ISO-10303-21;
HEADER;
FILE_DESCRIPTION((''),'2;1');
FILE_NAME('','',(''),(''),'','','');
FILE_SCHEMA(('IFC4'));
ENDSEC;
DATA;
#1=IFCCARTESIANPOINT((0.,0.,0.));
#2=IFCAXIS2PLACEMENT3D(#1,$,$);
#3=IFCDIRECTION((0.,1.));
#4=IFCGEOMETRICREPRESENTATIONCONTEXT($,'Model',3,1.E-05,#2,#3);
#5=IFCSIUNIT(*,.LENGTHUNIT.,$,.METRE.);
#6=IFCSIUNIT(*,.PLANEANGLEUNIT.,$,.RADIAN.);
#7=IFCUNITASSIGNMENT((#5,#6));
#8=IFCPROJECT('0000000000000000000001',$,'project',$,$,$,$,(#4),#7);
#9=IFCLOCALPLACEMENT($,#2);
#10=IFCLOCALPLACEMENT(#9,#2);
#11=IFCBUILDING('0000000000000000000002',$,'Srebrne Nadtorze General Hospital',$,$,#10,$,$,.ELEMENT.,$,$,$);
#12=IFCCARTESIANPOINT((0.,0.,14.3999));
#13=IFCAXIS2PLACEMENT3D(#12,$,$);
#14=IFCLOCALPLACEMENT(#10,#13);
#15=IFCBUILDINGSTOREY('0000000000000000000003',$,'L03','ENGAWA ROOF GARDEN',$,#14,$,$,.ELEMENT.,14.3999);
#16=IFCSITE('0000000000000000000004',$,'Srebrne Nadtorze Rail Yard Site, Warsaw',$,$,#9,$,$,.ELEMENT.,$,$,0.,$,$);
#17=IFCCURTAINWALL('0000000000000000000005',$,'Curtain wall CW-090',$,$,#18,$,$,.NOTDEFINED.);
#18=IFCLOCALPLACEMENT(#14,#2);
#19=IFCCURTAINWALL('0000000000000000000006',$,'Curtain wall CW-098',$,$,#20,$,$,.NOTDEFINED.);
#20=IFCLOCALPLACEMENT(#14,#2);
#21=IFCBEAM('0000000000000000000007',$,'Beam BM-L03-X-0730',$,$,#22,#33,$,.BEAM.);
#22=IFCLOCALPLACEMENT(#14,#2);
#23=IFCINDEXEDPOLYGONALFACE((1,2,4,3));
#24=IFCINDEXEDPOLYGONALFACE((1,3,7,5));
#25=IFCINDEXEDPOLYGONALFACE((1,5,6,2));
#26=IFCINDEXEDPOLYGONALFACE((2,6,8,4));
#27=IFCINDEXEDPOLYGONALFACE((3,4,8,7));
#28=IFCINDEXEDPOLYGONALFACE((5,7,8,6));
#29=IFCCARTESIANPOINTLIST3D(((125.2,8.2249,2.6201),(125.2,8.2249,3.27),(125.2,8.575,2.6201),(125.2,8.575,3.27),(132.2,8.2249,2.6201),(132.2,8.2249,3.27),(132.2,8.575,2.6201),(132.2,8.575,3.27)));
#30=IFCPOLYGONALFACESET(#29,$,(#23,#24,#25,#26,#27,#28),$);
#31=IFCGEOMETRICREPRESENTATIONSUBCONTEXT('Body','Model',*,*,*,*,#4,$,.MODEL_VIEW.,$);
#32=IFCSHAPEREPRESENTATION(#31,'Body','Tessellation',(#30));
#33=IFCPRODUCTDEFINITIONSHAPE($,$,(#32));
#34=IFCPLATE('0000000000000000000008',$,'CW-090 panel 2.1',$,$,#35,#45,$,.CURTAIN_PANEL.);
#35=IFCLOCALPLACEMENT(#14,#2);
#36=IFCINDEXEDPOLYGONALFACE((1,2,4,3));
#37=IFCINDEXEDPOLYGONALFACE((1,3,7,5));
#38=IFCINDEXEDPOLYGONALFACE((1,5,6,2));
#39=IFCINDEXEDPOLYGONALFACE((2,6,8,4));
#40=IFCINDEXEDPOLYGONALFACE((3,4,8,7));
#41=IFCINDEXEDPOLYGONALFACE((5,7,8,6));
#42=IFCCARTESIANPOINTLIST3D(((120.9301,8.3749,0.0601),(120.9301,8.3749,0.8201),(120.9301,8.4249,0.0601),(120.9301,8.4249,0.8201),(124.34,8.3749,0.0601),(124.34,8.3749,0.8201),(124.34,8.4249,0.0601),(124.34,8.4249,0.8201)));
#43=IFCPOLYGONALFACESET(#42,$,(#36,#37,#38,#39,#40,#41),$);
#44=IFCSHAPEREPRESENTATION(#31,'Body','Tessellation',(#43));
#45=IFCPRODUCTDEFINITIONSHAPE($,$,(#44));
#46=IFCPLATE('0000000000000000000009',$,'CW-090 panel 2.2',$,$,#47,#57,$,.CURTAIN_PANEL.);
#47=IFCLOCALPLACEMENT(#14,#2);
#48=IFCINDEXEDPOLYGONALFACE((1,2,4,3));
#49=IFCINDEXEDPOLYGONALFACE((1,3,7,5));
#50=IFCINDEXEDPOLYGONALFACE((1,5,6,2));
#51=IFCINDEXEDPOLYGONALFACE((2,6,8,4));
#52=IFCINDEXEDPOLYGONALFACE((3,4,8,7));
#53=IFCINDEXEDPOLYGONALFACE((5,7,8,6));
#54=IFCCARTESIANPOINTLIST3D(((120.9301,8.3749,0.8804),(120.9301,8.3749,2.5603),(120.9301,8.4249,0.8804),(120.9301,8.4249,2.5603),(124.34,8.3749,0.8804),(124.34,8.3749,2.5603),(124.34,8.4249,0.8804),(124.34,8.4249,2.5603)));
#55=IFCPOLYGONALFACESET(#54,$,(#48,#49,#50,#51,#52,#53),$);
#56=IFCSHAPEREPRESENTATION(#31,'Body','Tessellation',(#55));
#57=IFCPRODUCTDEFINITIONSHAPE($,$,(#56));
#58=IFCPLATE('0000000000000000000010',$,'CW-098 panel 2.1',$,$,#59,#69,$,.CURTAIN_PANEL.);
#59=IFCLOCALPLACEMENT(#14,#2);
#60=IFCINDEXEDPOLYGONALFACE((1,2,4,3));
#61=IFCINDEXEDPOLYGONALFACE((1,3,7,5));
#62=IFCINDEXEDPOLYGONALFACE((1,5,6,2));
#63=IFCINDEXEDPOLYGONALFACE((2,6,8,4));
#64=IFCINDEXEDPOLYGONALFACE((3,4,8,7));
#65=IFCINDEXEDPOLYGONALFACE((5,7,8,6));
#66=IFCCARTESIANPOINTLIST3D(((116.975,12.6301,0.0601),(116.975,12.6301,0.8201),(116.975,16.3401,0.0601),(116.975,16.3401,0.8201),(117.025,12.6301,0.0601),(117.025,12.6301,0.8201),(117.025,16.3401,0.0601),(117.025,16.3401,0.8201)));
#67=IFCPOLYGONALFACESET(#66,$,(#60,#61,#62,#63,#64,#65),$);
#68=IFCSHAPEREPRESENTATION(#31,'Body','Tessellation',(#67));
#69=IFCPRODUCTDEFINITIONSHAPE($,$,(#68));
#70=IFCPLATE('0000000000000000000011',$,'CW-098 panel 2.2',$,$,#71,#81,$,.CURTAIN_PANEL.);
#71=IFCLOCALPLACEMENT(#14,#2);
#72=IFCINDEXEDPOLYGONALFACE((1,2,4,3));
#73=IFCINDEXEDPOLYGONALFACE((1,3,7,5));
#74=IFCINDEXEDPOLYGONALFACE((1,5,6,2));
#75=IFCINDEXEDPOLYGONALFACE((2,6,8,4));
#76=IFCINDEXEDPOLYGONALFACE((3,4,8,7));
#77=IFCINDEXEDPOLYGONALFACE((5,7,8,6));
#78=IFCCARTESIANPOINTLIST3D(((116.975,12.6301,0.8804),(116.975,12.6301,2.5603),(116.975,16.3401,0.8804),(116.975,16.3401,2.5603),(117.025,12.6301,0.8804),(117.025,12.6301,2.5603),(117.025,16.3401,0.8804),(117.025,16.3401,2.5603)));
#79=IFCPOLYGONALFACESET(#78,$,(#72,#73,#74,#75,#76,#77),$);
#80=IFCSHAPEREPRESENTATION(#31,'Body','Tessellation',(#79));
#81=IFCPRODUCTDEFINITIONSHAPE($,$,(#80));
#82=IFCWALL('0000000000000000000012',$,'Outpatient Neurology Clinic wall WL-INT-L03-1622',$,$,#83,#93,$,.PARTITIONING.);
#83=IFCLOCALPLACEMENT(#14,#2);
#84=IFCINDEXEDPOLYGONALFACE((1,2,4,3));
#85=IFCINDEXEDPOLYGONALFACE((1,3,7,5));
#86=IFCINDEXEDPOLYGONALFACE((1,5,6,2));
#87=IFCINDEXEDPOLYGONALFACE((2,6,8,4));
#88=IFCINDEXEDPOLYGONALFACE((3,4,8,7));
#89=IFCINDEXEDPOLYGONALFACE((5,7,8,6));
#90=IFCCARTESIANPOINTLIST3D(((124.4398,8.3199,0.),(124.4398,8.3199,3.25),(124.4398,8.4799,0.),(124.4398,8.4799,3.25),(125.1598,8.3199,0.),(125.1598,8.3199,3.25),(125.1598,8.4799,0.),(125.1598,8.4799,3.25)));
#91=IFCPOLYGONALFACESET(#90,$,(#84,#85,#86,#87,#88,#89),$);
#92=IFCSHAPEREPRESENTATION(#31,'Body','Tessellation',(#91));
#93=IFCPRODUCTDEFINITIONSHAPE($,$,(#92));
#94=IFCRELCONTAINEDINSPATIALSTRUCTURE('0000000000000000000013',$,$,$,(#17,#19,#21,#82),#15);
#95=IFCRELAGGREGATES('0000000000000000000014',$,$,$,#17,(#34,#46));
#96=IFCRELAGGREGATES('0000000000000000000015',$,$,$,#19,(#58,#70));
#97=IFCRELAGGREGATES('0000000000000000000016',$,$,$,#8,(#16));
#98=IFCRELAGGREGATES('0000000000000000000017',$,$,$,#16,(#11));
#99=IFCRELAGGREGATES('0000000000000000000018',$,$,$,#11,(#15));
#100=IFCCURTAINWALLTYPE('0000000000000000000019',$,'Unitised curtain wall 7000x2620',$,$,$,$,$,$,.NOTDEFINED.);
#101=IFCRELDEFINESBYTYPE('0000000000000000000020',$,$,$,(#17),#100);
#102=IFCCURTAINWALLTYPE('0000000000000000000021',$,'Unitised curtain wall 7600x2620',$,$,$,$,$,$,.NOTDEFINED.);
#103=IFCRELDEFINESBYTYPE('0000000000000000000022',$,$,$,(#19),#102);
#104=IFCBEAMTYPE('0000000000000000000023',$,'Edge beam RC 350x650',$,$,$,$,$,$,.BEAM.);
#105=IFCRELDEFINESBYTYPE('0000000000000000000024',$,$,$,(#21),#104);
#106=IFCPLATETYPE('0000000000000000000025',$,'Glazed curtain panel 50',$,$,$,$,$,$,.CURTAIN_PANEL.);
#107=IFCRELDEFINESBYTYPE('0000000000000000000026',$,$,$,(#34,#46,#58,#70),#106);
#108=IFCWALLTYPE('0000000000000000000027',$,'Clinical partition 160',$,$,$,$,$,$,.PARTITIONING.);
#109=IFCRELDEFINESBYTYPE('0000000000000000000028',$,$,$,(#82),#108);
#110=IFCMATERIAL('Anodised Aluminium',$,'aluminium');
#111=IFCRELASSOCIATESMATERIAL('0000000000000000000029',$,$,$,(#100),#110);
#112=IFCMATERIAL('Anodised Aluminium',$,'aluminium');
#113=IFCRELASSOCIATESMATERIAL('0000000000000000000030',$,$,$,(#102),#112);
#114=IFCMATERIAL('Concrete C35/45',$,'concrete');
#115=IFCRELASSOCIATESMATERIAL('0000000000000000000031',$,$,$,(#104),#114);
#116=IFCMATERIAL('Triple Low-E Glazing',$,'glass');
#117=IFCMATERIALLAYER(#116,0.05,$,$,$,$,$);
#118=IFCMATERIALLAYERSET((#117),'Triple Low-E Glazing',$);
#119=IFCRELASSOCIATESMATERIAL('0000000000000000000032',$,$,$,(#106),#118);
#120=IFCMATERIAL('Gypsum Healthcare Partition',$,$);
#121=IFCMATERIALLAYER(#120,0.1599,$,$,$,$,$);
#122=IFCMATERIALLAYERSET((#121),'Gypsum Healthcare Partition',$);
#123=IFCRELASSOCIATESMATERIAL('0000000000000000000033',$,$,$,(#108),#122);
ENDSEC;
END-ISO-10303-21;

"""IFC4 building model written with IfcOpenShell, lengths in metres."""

from ifc_helpers import new_model, si_unit, direction, frame, frame_2d, origin, origin_2d, place, context, subcontext, project, spatial, rectangle, extrude, material, layer, layer_set, material_profile, profile_set, type_object, element, aggregate, save


model = new_model("IFC4")

# Units and contexts
model_context = context("Model", 3, precision=1e-05, world=origin(), true_north=direction((0.0, 1.0)))
body_context = subcontext(model_context, "Body", "Model", "MODEL_VIEW")
ifc_project = project(units=[si_unit("LENGTHUNIT", "METRE"), si_unit("PLANEANGLEUNIT", "RADIAN")], contexts=[model_context])

# Site, building, storey
site_placement = place(None, origin())
site = spatial("IfcSite", under=ifc_project, at=site_placement, Name="Srebrne Nadtorze Rail Yard Site, Warsaw", CompositionType="ELEMENT", RefElevation=0.0)
building_placement = place(site_placement, origin())
building = spatial("IfcBuilding", under=site, at=building_placement, Name="Srebrne Nadtorze General Hospital", CompositionType="ELEMENT")
storey_placement = place(building_placement, frame((0.0, 0.0, 14.3999)))
storey = spatial("IfcBuildingStorey", under=building, at=storey_placement, Name="L03", Description="ENGAWA ROOF GARDEN", CompositionType="ELEMENT", Elevation=14.3999)

# Curtain wall
ifc_material_1 = material(Name="Anodised Aluminium", Category="aluminium")
curtain_wall_type_1 = type_object("IfcCurtainWallType", Name="Unitised curtain wall 7000x2620", PredefinedType="NOTDEFINED", material=ifc_material_1)
curtain_wall_1_placement = place(storey_placement, origin())
curtain_wall_1 = element("IfcCurtainWall", 1, at=curtain_wall_1_placement, inside=storey, type_object=curtain_wall_type_1, Name="Curtain wall CW-090", PredefinedType="NOTDEFINED")

# Curtain wall
ifc_material_2 = material(Name="Anodised Aluminium", Category="aluminium")
curtain_wall_type_2 = type_object("IfcCurtainWallType", Name="Unitised curtain wall 7600x2620", PredefinedType="NOTDEFINED", material=ifc_material_2)
curtain_wall_2_placement = place(storey_placement, origin())
curtain_wall_2 = element("IfcCurtainWall", 2, at=curtain_wall_2_placement, inside=storey, type_object=curtain_wall_type_2, Name="Curtain wall CW-098", PredefinedType="NOTDEFINED")

# Beam
ifc_material_3 = material(Name="Concrete C35/45", Category="concrete")
ifc_material_profile_1 = material_profile(ifc_material_3, rectangle(XDim=0.3501, YDim=0.6499, at=origin_2d()), Name="RC-BM-350x650")
ifc_profile_set_1 = profile_set([ifc_material_profile_1], Name="Concrete C35/45")
beam_type = type_object("IfcBeamType", Name="Edge beam RC 350x650", PredefinedType="BEAM", material=ifc_profile_set_1)
beam_placement = place(storey_placement, frame((125.2, 8.3999, 2.9451), z_axis=(1.0, 0.0, 0.0), x_axis=(0.0, 1.0, 0.0)))
element("IfcBeam", 3, at=beam_placement, inside=storey, type_object=beam_type, Name="Beam BM-L03-X-0730", PredefinedType="BEAM", context=body_context, shape_type="SweptSolid", body=[
    extrude(rectangle(XDim=0.3501, YDim=0.6499, at=origin_2d()), origin(), (0.0, 0.0, 1.0), 7.0),
])

# Plates
ifc_material_4 = material(Name="Triple Low-E Glazing", Category="glass")
ifc_layer_1 = layer(ifc_material_4, 0.05)
ifc_layer_set_1 = layer_set([ifc_layer_1], Name="Triple Low-E Glazing")
plate_type = type_object("IfcPlateType", Name="Glazed curtain panel 50", PredefinedType="CURTAIN_PANEL", material=ifc_layer_set_1)
plate_1_placement = place(storey_placement, frame((122.635, 8.3999, 0.0601), z_axis=(0.0, 0.0, 1.0), x_axis=(1.0, 0.0, 0.0)))
plate_1 = element("IfcPlate", 4, at=plate_1_placement, type_object=plate_type, Name="CW-090 panel 2.1", PredefinedType="CURTAIN_PANEL", context=body_context, shape_type="SweptSolid", body=[
    extrude(rectangle(XDim=3.4099, YDim=0.05, at=origin_2d()), origin(), (0.0, 0.0, 1.0), 0.76),
])
plate_2_placement = place(storey_placement, frame((122.635, 8.3999, 0.8804), z_axis=(0.0, 0.0, 1.0), x_axis=(1.0, 0.0, 0.0)))
plate_2 = element("IfcPlate", 5, at=plate_2_placement, type_object=plate_type, Name="CW-090 panel 2.2", PredefinedType="CURTAIN_PANEL", context=body_context, shape_type="SweptSolid", body=[
    extrude(rectangle(XDim=3.4099, YDim=0.05, at=origin_2d()), origin(), (0.0, 0.0, 1.0), 1.6799),
])
aggregate(curtain_wall_1, [plate_1, plate_2])
plate_3_placement = place(storey_placement, frame((117.0, 14.4851, 0.0601), z_axis=(0.0, 0.0, 1.0), x_axis=(0.0, 1.0, 0.0)))
plate_3 = element("IfcPlate", 6, at=plate_3_placement, type_object=plate_type, Name="CW-098 panel 2.1", PredefinedType="CURTAIN_PANEL", context=body_context, shape_type="SweptSolid", body=[
    extrude(rectangle(XDim=3.71, YDim=0.05, at=origin_2d()), origin(), (0.0, 0.0, 1.0), 0.76),
])
plate_4_placement = place(storey_placement, frame((117.0, 14.4851, 0.8804), z_axis=(0.0, 0.0, 1.0), x_axis=(0.0, 1.0, 0.0)))
plate_4 = element("IfcPlate", 7, at=plate_4_placement, type_object=plate_type, Name="CW-098 panel 2.2", PredefinedType="CURTAIN_PANEL", context=body_context, shape_type="SweptSolid", body=[
    extrude(rectangle(XDim=3.71, YDim=0.05, at=origin_2d()), origin(), (0.0, 0.0, 1.0), 1.6799),
])
aggregate(curtain_wall_2, [plate_3, plate_4])

# Wall
ifc_material_5 = material(Name="Gypsum Healthcare Partition")
ifc_layer_2 = layer(ifc_material_5, 0.1599)
ifc_layer_set_2 = layer_set([ifc_layer_2], Name="Gypsum Healthcare Partition")
wall_type = type_object("IfcWallType", Name="Clinical partition 160", PredefinedType="PARTITIONING", material=ifc_layer_set_2)
wall_placement = place(storey_placement, frame((124.4399, 8.3999, 0.0), z_axis=(0.0, 0.0, 1.0), x_axis=(1.0, 0.0, 0.0)))
element("IfcWall", 8, at=wall_placement, inside=storey, type_object=wall_type, Name="Outpatient Neurology Clinic wall WL-INT-L03-1622", PredefinedType="PARTITIONING", context=body_context, shape_type="SweptSolid", body=[
    extrude(rectangle(XDim=0.72, YDim=0.1599, at=frame_2d((0.3599, 0.0))), origin(), (0.0, 0.0, 1.0), 3.25),
])

save(model, "model.ifc")
